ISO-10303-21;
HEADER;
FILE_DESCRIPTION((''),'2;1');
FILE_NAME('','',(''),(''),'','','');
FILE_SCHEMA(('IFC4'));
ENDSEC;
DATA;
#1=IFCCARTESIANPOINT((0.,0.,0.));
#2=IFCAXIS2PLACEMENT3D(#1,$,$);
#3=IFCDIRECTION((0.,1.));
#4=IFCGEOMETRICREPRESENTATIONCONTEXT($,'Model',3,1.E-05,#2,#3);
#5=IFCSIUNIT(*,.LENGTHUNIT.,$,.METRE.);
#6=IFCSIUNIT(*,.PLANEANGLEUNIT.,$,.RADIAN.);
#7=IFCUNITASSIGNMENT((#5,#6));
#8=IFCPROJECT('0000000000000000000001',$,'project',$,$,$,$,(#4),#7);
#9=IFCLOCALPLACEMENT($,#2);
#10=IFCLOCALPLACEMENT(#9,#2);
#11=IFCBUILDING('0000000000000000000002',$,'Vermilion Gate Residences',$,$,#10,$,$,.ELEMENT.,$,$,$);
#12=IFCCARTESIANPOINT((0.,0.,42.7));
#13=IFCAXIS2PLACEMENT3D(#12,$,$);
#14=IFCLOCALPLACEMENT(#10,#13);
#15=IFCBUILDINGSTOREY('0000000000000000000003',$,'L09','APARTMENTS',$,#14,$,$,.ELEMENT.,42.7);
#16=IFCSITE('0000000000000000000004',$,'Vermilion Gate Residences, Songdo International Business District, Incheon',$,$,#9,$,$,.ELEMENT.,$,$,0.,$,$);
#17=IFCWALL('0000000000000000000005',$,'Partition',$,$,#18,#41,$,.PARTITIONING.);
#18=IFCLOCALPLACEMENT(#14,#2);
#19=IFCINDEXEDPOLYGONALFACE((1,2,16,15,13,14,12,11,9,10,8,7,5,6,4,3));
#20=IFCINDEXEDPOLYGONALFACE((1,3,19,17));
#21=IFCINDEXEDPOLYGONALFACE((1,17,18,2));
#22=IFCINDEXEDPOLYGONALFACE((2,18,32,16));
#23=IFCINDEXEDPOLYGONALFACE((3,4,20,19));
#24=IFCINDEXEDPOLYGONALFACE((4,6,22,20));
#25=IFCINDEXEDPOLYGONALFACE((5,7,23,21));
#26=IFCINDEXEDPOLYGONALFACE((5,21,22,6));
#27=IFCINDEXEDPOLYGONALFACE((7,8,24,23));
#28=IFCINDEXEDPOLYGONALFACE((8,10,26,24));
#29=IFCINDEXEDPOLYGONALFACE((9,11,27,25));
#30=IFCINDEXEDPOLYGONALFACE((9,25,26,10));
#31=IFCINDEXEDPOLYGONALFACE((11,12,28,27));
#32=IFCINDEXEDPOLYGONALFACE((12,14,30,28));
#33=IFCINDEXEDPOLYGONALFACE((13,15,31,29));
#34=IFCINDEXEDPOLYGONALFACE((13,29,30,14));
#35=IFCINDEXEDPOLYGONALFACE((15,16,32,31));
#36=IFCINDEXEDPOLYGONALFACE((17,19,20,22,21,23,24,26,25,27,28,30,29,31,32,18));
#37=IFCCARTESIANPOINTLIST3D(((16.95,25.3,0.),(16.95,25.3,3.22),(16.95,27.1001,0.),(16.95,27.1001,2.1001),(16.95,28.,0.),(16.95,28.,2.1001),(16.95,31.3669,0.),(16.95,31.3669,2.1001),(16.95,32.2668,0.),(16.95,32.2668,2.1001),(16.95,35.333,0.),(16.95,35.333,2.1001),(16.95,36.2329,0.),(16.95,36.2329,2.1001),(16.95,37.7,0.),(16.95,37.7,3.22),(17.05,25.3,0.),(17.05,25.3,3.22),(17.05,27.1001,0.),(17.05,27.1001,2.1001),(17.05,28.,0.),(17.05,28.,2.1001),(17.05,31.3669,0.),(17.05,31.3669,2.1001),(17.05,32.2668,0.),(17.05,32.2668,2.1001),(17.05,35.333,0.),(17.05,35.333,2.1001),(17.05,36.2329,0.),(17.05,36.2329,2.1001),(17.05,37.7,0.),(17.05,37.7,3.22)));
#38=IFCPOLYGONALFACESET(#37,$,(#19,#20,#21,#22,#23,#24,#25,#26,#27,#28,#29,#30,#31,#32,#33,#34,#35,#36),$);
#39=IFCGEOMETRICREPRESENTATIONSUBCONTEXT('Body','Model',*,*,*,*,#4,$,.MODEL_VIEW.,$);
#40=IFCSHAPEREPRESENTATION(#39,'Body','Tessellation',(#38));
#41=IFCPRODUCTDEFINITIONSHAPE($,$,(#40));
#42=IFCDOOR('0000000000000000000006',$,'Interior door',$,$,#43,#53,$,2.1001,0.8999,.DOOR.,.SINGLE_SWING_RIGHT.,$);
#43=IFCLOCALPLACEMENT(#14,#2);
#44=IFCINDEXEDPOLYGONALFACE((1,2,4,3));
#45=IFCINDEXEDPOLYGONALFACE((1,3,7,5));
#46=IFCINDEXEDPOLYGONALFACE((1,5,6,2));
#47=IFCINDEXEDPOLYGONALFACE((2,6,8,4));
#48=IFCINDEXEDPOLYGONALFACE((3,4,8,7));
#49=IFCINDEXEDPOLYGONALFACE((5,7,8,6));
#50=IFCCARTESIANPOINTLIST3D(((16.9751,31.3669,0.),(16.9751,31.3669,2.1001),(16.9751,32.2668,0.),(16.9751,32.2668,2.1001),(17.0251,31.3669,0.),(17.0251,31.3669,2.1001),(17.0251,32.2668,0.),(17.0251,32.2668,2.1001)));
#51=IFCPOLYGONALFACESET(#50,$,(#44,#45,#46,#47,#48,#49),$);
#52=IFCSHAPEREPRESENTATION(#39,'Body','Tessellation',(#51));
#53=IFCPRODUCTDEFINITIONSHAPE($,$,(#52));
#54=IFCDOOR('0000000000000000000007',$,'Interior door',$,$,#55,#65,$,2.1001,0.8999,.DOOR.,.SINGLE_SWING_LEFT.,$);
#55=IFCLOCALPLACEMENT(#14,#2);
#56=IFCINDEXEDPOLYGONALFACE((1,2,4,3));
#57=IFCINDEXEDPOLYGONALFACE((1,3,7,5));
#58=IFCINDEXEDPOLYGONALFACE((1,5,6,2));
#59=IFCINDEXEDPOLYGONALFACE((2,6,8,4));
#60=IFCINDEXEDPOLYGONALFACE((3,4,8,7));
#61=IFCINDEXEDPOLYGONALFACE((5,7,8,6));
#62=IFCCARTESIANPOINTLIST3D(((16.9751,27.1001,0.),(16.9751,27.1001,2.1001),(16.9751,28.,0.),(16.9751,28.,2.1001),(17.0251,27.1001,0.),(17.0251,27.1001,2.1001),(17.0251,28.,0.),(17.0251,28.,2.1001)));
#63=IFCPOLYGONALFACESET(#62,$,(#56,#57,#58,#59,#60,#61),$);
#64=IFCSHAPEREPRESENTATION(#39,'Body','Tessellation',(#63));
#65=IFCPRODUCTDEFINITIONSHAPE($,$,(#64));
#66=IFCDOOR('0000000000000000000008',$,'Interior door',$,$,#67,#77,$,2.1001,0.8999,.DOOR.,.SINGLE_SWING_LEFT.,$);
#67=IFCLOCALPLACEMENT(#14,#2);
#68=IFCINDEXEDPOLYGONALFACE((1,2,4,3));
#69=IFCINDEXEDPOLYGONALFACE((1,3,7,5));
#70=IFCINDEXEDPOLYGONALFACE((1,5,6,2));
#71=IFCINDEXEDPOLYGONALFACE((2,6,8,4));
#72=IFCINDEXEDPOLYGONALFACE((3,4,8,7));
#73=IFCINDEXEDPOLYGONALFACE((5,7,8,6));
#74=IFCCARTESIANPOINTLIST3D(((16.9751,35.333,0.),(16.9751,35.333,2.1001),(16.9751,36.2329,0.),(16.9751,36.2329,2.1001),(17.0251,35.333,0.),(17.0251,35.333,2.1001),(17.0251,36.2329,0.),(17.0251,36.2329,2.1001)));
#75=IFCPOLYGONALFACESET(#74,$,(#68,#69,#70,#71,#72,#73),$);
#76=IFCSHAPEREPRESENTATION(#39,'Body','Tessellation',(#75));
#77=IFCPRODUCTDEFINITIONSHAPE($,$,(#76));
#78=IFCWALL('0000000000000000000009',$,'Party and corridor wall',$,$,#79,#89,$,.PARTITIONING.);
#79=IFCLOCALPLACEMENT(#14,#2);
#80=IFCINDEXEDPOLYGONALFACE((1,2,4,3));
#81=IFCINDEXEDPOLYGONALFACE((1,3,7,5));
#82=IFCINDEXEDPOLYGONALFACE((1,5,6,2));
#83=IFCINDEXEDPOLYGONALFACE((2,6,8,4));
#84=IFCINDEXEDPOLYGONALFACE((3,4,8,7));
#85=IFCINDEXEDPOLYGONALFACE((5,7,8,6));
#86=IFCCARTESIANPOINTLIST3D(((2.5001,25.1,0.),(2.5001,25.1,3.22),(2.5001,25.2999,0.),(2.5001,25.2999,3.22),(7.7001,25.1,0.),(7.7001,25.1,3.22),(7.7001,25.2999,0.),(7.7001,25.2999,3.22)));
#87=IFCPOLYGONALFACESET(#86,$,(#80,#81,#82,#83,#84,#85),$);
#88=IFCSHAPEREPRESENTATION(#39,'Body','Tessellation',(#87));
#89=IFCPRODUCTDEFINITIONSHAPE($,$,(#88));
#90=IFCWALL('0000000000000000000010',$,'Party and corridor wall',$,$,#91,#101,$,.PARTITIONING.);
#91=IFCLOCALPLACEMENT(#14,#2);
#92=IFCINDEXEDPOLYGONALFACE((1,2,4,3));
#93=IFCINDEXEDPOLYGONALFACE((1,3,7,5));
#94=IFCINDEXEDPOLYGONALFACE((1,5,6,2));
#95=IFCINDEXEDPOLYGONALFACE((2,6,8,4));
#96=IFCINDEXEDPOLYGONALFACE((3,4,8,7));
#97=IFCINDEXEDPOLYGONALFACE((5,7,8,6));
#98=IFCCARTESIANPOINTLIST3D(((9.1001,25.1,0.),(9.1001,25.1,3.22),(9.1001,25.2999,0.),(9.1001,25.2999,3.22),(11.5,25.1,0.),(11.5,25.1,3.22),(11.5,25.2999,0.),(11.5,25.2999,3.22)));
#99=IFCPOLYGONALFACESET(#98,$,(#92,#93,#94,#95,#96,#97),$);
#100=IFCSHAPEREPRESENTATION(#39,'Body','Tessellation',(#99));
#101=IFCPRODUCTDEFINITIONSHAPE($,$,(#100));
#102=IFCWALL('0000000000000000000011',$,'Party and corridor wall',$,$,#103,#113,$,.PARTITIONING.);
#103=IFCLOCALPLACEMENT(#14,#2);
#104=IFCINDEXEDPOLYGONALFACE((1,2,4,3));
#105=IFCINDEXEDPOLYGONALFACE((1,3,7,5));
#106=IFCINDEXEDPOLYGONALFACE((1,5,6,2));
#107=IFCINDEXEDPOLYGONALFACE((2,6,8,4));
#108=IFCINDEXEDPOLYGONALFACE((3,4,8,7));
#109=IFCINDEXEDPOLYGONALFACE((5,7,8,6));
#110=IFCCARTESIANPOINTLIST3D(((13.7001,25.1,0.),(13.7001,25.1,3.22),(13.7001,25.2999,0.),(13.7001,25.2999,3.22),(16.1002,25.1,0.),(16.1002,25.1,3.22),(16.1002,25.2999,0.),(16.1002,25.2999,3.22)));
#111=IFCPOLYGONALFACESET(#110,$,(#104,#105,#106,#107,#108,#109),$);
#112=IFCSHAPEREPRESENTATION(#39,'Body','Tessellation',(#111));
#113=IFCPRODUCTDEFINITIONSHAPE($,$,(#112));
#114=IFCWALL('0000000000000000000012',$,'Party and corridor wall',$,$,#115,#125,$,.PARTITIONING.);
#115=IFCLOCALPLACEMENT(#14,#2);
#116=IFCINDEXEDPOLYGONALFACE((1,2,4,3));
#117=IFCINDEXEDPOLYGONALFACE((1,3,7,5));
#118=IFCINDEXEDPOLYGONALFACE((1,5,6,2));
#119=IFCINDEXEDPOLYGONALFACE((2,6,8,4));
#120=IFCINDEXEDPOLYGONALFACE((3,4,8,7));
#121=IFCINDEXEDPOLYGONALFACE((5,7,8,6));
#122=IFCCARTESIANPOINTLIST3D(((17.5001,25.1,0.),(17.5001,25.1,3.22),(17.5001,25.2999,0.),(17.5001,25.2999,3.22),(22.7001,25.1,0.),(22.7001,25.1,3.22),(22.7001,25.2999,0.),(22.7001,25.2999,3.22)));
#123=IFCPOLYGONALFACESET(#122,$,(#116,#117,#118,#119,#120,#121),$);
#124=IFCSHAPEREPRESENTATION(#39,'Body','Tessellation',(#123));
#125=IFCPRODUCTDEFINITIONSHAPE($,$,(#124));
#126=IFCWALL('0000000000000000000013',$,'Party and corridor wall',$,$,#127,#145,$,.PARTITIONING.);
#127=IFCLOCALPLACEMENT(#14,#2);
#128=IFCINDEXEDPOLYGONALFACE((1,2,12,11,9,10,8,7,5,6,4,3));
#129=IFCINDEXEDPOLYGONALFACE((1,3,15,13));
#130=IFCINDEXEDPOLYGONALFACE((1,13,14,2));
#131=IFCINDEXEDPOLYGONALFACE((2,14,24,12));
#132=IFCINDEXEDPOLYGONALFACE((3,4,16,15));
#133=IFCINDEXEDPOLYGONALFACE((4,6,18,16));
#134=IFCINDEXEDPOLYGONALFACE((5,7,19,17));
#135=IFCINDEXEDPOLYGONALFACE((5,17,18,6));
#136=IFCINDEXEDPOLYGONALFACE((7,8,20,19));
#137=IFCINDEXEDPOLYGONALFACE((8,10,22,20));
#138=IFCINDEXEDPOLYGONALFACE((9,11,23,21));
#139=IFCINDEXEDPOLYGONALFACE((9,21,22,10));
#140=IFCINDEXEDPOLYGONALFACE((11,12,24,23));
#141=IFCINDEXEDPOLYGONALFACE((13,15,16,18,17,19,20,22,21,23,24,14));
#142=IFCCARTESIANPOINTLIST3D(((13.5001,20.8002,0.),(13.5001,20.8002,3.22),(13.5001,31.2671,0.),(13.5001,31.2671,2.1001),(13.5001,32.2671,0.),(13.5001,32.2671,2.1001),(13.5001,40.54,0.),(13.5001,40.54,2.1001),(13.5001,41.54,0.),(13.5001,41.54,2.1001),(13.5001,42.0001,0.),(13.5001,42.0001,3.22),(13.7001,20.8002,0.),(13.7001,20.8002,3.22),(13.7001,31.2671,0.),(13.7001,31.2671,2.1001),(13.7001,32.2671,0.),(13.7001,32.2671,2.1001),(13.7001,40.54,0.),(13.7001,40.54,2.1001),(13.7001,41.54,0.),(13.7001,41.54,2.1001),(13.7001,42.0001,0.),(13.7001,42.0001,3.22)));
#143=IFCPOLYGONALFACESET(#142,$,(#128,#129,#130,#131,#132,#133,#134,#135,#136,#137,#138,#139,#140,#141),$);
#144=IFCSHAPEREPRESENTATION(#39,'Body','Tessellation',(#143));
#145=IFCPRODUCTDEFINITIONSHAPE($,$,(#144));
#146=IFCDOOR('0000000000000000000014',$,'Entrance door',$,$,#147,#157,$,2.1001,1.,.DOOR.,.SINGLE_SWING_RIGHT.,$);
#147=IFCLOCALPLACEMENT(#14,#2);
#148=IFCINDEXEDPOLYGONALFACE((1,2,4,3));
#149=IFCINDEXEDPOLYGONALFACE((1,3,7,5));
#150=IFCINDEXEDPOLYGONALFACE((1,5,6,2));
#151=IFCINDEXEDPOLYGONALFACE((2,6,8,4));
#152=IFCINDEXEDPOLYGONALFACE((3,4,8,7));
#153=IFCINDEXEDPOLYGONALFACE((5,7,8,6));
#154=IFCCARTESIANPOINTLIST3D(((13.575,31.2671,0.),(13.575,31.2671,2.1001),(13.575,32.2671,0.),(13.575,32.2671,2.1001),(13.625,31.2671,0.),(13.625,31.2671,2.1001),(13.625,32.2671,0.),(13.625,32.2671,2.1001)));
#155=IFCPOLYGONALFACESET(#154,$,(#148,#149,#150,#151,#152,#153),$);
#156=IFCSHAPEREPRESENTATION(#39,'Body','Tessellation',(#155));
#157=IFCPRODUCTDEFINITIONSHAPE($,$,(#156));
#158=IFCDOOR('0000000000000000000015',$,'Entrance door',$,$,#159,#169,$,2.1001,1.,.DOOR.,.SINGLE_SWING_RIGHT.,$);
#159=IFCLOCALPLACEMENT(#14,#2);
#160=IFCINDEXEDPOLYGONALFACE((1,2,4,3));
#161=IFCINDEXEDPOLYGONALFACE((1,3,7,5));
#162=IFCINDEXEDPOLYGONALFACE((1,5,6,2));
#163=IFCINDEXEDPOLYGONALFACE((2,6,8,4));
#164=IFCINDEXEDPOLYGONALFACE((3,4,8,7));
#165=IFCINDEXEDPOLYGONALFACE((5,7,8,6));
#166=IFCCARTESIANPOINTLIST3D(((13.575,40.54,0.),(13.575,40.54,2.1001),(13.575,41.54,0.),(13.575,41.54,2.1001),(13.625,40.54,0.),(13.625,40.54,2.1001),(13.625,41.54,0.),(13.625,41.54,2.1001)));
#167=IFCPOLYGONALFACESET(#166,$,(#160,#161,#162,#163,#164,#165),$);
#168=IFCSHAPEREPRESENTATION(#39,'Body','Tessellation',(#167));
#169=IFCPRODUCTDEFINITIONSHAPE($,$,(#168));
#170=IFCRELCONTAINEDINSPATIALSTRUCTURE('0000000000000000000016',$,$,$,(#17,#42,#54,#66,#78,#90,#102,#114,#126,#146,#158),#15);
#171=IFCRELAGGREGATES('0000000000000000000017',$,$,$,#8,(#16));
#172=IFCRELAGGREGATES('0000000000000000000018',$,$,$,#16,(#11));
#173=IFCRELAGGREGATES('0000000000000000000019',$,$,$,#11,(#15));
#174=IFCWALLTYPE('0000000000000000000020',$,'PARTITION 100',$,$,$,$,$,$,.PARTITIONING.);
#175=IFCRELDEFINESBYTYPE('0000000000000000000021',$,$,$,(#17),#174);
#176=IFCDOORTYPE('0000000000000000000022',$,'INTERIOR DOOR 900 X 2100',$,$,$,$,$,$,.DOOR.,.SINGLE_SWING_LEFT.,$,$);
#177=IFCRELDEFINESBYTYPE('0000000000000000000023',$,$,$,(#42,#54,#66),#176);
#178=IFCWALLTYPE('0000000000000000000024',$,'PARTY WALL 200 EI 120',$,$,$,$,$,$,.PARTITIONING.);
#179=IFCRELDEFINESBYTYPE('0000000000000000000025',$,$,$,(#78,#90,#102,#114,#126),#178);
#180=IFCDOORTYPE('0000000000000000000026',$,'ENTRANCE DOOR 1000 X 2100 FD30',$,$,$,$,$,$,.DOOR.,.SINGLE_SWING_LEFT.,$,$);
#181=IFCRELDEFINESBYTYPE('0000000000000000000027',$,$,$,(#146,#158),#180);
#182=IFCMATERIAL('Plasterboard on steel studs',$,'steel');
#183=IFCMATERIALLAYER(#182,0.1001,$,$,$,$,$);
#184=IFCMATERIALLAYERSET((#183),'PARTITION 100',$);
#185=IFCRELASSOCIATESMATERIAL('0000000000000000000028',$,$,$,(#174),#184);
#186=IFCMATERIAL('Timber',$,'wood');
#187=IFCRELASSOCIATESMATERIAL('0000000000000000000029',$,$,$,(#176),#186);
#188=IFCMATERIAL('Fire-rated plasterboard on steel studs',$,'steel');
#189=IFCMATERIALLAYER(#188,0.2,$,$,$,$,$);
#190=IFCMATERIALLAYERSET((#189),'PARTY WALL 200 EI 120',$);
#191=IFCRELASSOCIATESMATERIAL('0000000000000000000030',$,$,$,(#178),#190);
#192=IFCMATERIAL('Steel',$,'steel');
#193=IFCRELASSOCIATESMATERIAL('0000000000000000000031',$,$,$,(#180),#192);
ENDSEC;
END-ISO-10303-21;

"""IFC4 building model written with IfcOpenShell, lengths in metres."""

from ifc_helpers import new_model, si_unit, direction, frame, frame_2d, origin, place, context, subcontext, project, spatial, rectangle, extrude, material, layer, layer_set, type_object, element, fill, save


model = new_model("IFC4")

# Units and contexts
model_context = context("Model", 3, precision=1e-05, world=origin(), true_north=direction((0.0, 1.0)))
body_context = subcontext(model_context, "Body", "Model", "MODEL_VIEW")
ifc_project = project(units=[si_unit("LENGTHUNIT", "METRE"), si_unit("PLANEANGLEUNIT", "RADIAN")], contexts=[model_context])

# Site, building, storey
site_placement = place(None, origin())
site = spatial("IfcSite", under=ifc_project, at=site_placement, Name="Vermilion Gate Residences, Songdo International Business District, Incheon", CompositionType="ELEMENT", RefElevation=0.0)
building_placement = place(site_placement, origin())
building = spatial("IfcBuilding", under=site, at=building_placement, Name="Vermilion Gate Residences", CompositionType="ELEMENT")
storey_placement = place(building_placement, frame((0.0, 0.0, 42.7)))
storey = spatial("IfcBuildingStorey", under=building, at=storey_placement, Name="L09", Description="APARTMENTS", CompositionType="ELEMENT", Elevation=42.7)

# Shared definitions
ifc_material_1 = material(Name="Plasterboard on steel studs", Category="steel")
ifc_layer_1 = layer(ifc_material_1, 0.1001)
ifc_layer_set_1 = layer_set([ifc_layer_1], Name="PARTITION 100")
wall_type_1 = type_object("IfcWallType", Name="PARTITION 100", PredefinedType="PARTITIONING", material=ifc_layer_set_1)

# Wall, openings, doors
ifc_material_2 = material(Name="Timber", Category="wood")
door_type_1 = type_object("IfcDoorType", Name="INTERIOR DOOR 900 X 2100", OperationType="SINGLE_SWING_LEFT", PredefinedType="DOOR", material=ifc_material_2)
wall_1_placement = place(storey_placement, frame((17.0, 25.3, 0.0), z_axis=(0.0, 0.0, 1.0), x_axis=(0.0, 1.0, 0.0)))
wall_1 = element("IfcWall", 1, at=wall_1_placement, inside=storey, type_object=wall_type_1, Name="Partition", PredefinedType="PARTITIONING", context=body_context, shape_type="SweptSolid", body=[
    extrude(rectangle(XDim=12.3999, YDim=0.1001, at=frame_2d((6.2, 0.0))), origin(), (0.0, 0.0, 1.0), 3.22),
])
opening_1_placement = place(wall_1_placement, frame((6.0669, 0.0, 0.0)))
opening_1 = element("IfcOpeningElement", 2, at=opening_1_placement, cuts=wall_1, PredefinedType="OPENING", context=body_context, shape_type="SweptSolid", body=[
    extrude(rectangle(XDim=0.8999, YDim=2.1001, at=frame_2d((0.45, 1.05))), frame((0.0, 0.0601, 0.0), z_axis=(0.0, -1.0, 0.0), x_axis=(1.0, 0.0, 0.0)), (0.0, 0.0, 1.0), 0.1201),
])
opening_2_placement = place(wall_1_placement, frame((1.8, 0.0, 0.0)))
opening_2 = element("IfcOpeningElement", 3, at=opening_2_placement, cuts=wall_1, PredefinedType="OPENING", context=body_context, shape_type="SweptSolid", body=[
    extrude(rectangle(XDim=0.8999, YDim=2.1001, at=frame_2d((0.45, 1.05))), frame((0.0, 0.0601, 0.0), z_axis=(0.0, -1.0, 0.0), x_axis=(1.0, 0.0, 0.0)), (0.0, 0.0, 1.0), 0.1201),
])
opening_3_placement = place(wall_1_placement, frame((10.033, 0.0, 0.0)))
opening_3 = element("IfcOpeningElement", 4, at=opening_3_placement, cuts=wall_1, PredefinedType="OPENING", context=body_context, shape_type="SweptSolid", body=[
    extrude(rectangle(XDim=0.8999, YDim=2.1001, at=frame_2d((0.45, 1.05))), frame((0.0, 0.0601, 0.0), z_axis=(0.0, -1.0, 0.0), x_axis=(1.0, 0.0, 0.0)), (0.0, 0.0, 1.0), 0.1201),
])
door_1_placement = place(opening_1_placement, origin())
door_1 = element("IfcDoor", 5, at=door_1_placement, inside=storey, type_object=door_type_1, Name="Interior door", OperationType="SINGLE_SWING_RIGHT", OverallHeight=2.1001, OverallWidth=0.8999, PredefinedType="DOOR", context=body_context, shape_type="SweptSolid", body=[
    extrude(rectangle(XDim=0.8999, YDim=2.1001, at=frame_2d((0.45, 1.05))), frame((0.0, 0.0249, 0.0), z_axis=(0.0, -1.0, 0.0), x_axis=(1.0, 0.0, 0.0)), (0.0, 0.0, 1.0), 0.05),
])
fill(opening_1, door_1)
door_2_placement = place(opening_2_placement, origin())
door_2 = element("IfcDoor", 6, at=door_2_placement, inside=storey, type_object=door_type_1, Name="Interior door", OperationType="SINGLE_SWING_LEFT", OverallHeight=2.1001, OverallWidth=0.8999, PredefinedType="DOOR", context=body_context, shape_type="SweptSolid", body=[
    extrude(rectangle(XDim=0.8999, YDim=2.1001, at=frame_2d((0.45, 1.05))), frame((0.0, 0.0249, 0.0), z_axis=(0.0, -1.0, 0.0), x_axis=(1.0, 0.0, 0.0)), (0.0, 0.0, 1.0), 0.05),
])
fill(opening_2, door_2)
door_3_placement = place(opening_3_placement, origin())
door_3 = element("IfcDoor", 7, at=door_3_placement, inside=storey, type_object=door_type_1, Name="Interior door", OperationType="SINGLE_SWING_LEFT", OverallHeight=2.1001, OverallWidth=0.8999, PredefinedType="DOOR", context=body_context, shape_type="SweptSolid", body=[
    extrude(rectangle(XDim=0.8999, YDim=2.1001, at=frame_2d((0.45, 1.05))), frame((0.0, 0.0249, 0.0), z_axis=(0.0, -1.0, 0.0), x_axis=(1.0, 0.0, 0.0)), (0.0, 0.0, 1.0), 0.05),
])
fill(opening_3, door_3)

# Walls
ifc_material_3 = material(Name="Fire-rated plasterboard on steel studs", Category="steel")
ifc_layer_2 = layer(ifc_material_3, 0.2)
ifc_layer_set_2 = layer_set([ifc_layer_2], Name="PARTY WALL 200 EI 120")
wall_type_2 = type_object("IfcWallType", Name="PARTY WALL 200 EI 120", PredefinedType="PARTITIONING", material=ifc_layer_set_2)
wall_2_placement = place(storey_placement, frame((2.5, 25.2, 0.0), z_axis=(0.0, 0.0, 1.0), x_axis=(1.0, 0.0, 0.0)))
element("IfcWall", 8, at=wall_2_placement, inside=storey, type_object=wall_type_2, Name="Party and corridor wall", PredefinedType="PARTITIONING", context=body_context, shape_type="SweptSolid", body=[
    extrude(rectangle(XDim=5.2, YDim=0.2, at=frame_2d((2.6001, 0.0))), origin(), (0.0, 0.0, 1.0), 3.22),
])
wall_3_placement = place(storey_placement, frame((9.1001, 25.2, 0.0), z_axis=(0.0, 0.0, 1.0), x_axis=(1.0, 0.0, 0.0)))
element("IfcWall", 9, at=wall_3_placement, inside=storey, type_object=wall_type_2, Name="Party and corridor wall", PredefinedType="PARTITIONING", context=body_context, shape_type="SweptSolid", body=[
    extrude(rectangle(XDim=2.3999, YDim=0.2, at=frame_2d((1.2, 0.0))), origin(), (0.0, 0.0, 1.0), 3.22),
])
wall_4_placement = place(storey_placement, frame((13.7, 25.2, 0.0), z_axis=(0.0, 0.0, 1.0), x_axis=(1.0, 0.0, 0.0)))
element("IfcWall", 10, at=wall_4_placement, inside=storey, type_object=wall_type_2, Name="Party and corridor wall", PredefinedType="PARTITIONING", context=body_context, shape_type="SweptSolid", body=[
    extrude(rectangle(XDim=2.4001, YDim=0.2, at=frame_2d((1.2002, 0.0))), origin(), (0.0, 0.0, 1.0), 3.22),
])
wall_5_placement = place(storey_placement, frame((17.5, 25.2, 0.0), z_axis=(0.0, 0.0, 1.0), x_axis=(1.0, 0.0, 0.0)))
element("IfcWall", 11, at=wall_5_placement, inside=storey, type_object=wall_type_2, Name="Party and corridor wall", PredefinedType="PARTITIONING", context=body_context, shape_type="SweptSolid", body=[
    extrude(rectangle(XDim=5.2, YDim=0.2, at=frame_2d((2.6001, 0.0))), origin(), (0.0, 0.0, 1.0), 3.22),
])

# Wall, openings, doors
wall_6_placement = place(storey_placement, frame((13.6001, 20.8, 0.0), z_axis=(0.0, 0.0, 1.0), x_axis=(0.0, 1.0, 0.0)))
wall_6 = element("IfcWall", 12, at=wall_6_placement, inside=storey, type_object=wall_type_2, Name="Party and corridor wall", PredefinedType="PARTITIONING", context=body_context, shape_type="SweptSolid", body=[
    extrude(rectangle(XDim=21.2, YDim=0.2, at=frame_2d((10.6001, 0.0))), origin(), (0.0, 0.0, 1.0), 3.22),
])
opening_4_placement = place(wall_6_placement, frame((10.467, 0.0, 0.0)))
opening_4 = element("IfcOpeningElement", 13, at=opening_4_placement, cuts=wall_6, PredefinedType="OPENING", context=body_context, shape_type="SweptSolid", body=[
    extrude(rectangle(XDim=1.0, YDim=2.1001, at=frame_2d((0.5, 1.05))), frame((0.0, 0.1099, 0.0), z_axis=(0.0, -1.0, 0.0), x_axis=(1.0, 0.0, 0.0)), (0.0, 0.0, 1.0), 0.22),
])
opening_5_placement = place(wall_6_placement, frame((19.74, 0.0, 0.0)))
opening_5 = element("IfcOpeningElement", 14, at=opening_5_placement, cuts=wall_6, PredefinedType="OPENING", context=body_context, shape_type="SweptSolid", body=[
    extrude(rectangle(XDim=1.0, YDim=2.1001, at=frame_2d((0.5, 1.05))), frame((0.0, 0.1099, 0.0), z_axis=(0.0, -1.0, 0.0), x_axis=(1.0, 0.0, 0.0)), (0.0, 0.0, 1.0), 0.22),
])
ifc_material_4 = material(Name="Steel", Category="steel")
door_type_2 = type_object("IfcDoorType", Name="ENTRANCE DOOR 1000 X 2100 FD30", OperationType="SINGLE_SWING_LEFT", PredefinedType="DOOR", material=ifc_material_4)
door_4_placement = place(opening_4_placement, frame((1.0, 0.0, 0.0), z_axis=(0.0, 0.0, 1.0), x_axis=(-1.0, 0.0, 0.0)))
door_4 = element("IfcDoor", 15, at=door_4_placement, inside=storey, type_object=door_type_2, Name="Entrance door", OperationType="SINGLE_SWING_RIGHT", OverallHeight=2.1001, OverallWidth=1.0, PredefinedType="DOOR", context=body_context, shape_type="SweptSolid", body=[
    extrude(rectangle(XDim=1.0, YDim=2.1001, at=frame_2d((0.5, 1.05))), frame((0.0, 0.0249, 0.0), z_axis=(0.0, -1.0, 0.0), x_axis=(1.0, 0.0, 0.0)), (0.0, 0.0, 1.0), 0.05),
])
fill(opening_4, door_4)
door_5_placement = place(opening_5_placement, frame((1.0, 0.0, 0.0), z_axis=(0.0, 0.0, 1.0), x_axis=(-1.0, 0.0, 0.0)))
door_5 = element("IfcDoor", 16, at=door_5_placement, inside=storey, type_object=door_type_2, Name="Entrance door", OperationType="SINGLE_SWING_RIGHT", OverallHeight=2.1001, OverallWidth=1.0, PredefinedType="DOOR", context=body_context, shape_type="SweptSolid", body=[
    extrude(rectangle(XDim=1.0, YDim=2.1001, at=frame_2d((0.5, 1.05))), frame((0.0, 0.0249, 0.0), z_axis=(0.0, -1.0, 0.0), x_axis=(1.0, 0.0, 0.0)), (0.0, 0.0, 1.0), 0.05),
])
fill(opening_5, door_5)

save(model, "model.ifc")
